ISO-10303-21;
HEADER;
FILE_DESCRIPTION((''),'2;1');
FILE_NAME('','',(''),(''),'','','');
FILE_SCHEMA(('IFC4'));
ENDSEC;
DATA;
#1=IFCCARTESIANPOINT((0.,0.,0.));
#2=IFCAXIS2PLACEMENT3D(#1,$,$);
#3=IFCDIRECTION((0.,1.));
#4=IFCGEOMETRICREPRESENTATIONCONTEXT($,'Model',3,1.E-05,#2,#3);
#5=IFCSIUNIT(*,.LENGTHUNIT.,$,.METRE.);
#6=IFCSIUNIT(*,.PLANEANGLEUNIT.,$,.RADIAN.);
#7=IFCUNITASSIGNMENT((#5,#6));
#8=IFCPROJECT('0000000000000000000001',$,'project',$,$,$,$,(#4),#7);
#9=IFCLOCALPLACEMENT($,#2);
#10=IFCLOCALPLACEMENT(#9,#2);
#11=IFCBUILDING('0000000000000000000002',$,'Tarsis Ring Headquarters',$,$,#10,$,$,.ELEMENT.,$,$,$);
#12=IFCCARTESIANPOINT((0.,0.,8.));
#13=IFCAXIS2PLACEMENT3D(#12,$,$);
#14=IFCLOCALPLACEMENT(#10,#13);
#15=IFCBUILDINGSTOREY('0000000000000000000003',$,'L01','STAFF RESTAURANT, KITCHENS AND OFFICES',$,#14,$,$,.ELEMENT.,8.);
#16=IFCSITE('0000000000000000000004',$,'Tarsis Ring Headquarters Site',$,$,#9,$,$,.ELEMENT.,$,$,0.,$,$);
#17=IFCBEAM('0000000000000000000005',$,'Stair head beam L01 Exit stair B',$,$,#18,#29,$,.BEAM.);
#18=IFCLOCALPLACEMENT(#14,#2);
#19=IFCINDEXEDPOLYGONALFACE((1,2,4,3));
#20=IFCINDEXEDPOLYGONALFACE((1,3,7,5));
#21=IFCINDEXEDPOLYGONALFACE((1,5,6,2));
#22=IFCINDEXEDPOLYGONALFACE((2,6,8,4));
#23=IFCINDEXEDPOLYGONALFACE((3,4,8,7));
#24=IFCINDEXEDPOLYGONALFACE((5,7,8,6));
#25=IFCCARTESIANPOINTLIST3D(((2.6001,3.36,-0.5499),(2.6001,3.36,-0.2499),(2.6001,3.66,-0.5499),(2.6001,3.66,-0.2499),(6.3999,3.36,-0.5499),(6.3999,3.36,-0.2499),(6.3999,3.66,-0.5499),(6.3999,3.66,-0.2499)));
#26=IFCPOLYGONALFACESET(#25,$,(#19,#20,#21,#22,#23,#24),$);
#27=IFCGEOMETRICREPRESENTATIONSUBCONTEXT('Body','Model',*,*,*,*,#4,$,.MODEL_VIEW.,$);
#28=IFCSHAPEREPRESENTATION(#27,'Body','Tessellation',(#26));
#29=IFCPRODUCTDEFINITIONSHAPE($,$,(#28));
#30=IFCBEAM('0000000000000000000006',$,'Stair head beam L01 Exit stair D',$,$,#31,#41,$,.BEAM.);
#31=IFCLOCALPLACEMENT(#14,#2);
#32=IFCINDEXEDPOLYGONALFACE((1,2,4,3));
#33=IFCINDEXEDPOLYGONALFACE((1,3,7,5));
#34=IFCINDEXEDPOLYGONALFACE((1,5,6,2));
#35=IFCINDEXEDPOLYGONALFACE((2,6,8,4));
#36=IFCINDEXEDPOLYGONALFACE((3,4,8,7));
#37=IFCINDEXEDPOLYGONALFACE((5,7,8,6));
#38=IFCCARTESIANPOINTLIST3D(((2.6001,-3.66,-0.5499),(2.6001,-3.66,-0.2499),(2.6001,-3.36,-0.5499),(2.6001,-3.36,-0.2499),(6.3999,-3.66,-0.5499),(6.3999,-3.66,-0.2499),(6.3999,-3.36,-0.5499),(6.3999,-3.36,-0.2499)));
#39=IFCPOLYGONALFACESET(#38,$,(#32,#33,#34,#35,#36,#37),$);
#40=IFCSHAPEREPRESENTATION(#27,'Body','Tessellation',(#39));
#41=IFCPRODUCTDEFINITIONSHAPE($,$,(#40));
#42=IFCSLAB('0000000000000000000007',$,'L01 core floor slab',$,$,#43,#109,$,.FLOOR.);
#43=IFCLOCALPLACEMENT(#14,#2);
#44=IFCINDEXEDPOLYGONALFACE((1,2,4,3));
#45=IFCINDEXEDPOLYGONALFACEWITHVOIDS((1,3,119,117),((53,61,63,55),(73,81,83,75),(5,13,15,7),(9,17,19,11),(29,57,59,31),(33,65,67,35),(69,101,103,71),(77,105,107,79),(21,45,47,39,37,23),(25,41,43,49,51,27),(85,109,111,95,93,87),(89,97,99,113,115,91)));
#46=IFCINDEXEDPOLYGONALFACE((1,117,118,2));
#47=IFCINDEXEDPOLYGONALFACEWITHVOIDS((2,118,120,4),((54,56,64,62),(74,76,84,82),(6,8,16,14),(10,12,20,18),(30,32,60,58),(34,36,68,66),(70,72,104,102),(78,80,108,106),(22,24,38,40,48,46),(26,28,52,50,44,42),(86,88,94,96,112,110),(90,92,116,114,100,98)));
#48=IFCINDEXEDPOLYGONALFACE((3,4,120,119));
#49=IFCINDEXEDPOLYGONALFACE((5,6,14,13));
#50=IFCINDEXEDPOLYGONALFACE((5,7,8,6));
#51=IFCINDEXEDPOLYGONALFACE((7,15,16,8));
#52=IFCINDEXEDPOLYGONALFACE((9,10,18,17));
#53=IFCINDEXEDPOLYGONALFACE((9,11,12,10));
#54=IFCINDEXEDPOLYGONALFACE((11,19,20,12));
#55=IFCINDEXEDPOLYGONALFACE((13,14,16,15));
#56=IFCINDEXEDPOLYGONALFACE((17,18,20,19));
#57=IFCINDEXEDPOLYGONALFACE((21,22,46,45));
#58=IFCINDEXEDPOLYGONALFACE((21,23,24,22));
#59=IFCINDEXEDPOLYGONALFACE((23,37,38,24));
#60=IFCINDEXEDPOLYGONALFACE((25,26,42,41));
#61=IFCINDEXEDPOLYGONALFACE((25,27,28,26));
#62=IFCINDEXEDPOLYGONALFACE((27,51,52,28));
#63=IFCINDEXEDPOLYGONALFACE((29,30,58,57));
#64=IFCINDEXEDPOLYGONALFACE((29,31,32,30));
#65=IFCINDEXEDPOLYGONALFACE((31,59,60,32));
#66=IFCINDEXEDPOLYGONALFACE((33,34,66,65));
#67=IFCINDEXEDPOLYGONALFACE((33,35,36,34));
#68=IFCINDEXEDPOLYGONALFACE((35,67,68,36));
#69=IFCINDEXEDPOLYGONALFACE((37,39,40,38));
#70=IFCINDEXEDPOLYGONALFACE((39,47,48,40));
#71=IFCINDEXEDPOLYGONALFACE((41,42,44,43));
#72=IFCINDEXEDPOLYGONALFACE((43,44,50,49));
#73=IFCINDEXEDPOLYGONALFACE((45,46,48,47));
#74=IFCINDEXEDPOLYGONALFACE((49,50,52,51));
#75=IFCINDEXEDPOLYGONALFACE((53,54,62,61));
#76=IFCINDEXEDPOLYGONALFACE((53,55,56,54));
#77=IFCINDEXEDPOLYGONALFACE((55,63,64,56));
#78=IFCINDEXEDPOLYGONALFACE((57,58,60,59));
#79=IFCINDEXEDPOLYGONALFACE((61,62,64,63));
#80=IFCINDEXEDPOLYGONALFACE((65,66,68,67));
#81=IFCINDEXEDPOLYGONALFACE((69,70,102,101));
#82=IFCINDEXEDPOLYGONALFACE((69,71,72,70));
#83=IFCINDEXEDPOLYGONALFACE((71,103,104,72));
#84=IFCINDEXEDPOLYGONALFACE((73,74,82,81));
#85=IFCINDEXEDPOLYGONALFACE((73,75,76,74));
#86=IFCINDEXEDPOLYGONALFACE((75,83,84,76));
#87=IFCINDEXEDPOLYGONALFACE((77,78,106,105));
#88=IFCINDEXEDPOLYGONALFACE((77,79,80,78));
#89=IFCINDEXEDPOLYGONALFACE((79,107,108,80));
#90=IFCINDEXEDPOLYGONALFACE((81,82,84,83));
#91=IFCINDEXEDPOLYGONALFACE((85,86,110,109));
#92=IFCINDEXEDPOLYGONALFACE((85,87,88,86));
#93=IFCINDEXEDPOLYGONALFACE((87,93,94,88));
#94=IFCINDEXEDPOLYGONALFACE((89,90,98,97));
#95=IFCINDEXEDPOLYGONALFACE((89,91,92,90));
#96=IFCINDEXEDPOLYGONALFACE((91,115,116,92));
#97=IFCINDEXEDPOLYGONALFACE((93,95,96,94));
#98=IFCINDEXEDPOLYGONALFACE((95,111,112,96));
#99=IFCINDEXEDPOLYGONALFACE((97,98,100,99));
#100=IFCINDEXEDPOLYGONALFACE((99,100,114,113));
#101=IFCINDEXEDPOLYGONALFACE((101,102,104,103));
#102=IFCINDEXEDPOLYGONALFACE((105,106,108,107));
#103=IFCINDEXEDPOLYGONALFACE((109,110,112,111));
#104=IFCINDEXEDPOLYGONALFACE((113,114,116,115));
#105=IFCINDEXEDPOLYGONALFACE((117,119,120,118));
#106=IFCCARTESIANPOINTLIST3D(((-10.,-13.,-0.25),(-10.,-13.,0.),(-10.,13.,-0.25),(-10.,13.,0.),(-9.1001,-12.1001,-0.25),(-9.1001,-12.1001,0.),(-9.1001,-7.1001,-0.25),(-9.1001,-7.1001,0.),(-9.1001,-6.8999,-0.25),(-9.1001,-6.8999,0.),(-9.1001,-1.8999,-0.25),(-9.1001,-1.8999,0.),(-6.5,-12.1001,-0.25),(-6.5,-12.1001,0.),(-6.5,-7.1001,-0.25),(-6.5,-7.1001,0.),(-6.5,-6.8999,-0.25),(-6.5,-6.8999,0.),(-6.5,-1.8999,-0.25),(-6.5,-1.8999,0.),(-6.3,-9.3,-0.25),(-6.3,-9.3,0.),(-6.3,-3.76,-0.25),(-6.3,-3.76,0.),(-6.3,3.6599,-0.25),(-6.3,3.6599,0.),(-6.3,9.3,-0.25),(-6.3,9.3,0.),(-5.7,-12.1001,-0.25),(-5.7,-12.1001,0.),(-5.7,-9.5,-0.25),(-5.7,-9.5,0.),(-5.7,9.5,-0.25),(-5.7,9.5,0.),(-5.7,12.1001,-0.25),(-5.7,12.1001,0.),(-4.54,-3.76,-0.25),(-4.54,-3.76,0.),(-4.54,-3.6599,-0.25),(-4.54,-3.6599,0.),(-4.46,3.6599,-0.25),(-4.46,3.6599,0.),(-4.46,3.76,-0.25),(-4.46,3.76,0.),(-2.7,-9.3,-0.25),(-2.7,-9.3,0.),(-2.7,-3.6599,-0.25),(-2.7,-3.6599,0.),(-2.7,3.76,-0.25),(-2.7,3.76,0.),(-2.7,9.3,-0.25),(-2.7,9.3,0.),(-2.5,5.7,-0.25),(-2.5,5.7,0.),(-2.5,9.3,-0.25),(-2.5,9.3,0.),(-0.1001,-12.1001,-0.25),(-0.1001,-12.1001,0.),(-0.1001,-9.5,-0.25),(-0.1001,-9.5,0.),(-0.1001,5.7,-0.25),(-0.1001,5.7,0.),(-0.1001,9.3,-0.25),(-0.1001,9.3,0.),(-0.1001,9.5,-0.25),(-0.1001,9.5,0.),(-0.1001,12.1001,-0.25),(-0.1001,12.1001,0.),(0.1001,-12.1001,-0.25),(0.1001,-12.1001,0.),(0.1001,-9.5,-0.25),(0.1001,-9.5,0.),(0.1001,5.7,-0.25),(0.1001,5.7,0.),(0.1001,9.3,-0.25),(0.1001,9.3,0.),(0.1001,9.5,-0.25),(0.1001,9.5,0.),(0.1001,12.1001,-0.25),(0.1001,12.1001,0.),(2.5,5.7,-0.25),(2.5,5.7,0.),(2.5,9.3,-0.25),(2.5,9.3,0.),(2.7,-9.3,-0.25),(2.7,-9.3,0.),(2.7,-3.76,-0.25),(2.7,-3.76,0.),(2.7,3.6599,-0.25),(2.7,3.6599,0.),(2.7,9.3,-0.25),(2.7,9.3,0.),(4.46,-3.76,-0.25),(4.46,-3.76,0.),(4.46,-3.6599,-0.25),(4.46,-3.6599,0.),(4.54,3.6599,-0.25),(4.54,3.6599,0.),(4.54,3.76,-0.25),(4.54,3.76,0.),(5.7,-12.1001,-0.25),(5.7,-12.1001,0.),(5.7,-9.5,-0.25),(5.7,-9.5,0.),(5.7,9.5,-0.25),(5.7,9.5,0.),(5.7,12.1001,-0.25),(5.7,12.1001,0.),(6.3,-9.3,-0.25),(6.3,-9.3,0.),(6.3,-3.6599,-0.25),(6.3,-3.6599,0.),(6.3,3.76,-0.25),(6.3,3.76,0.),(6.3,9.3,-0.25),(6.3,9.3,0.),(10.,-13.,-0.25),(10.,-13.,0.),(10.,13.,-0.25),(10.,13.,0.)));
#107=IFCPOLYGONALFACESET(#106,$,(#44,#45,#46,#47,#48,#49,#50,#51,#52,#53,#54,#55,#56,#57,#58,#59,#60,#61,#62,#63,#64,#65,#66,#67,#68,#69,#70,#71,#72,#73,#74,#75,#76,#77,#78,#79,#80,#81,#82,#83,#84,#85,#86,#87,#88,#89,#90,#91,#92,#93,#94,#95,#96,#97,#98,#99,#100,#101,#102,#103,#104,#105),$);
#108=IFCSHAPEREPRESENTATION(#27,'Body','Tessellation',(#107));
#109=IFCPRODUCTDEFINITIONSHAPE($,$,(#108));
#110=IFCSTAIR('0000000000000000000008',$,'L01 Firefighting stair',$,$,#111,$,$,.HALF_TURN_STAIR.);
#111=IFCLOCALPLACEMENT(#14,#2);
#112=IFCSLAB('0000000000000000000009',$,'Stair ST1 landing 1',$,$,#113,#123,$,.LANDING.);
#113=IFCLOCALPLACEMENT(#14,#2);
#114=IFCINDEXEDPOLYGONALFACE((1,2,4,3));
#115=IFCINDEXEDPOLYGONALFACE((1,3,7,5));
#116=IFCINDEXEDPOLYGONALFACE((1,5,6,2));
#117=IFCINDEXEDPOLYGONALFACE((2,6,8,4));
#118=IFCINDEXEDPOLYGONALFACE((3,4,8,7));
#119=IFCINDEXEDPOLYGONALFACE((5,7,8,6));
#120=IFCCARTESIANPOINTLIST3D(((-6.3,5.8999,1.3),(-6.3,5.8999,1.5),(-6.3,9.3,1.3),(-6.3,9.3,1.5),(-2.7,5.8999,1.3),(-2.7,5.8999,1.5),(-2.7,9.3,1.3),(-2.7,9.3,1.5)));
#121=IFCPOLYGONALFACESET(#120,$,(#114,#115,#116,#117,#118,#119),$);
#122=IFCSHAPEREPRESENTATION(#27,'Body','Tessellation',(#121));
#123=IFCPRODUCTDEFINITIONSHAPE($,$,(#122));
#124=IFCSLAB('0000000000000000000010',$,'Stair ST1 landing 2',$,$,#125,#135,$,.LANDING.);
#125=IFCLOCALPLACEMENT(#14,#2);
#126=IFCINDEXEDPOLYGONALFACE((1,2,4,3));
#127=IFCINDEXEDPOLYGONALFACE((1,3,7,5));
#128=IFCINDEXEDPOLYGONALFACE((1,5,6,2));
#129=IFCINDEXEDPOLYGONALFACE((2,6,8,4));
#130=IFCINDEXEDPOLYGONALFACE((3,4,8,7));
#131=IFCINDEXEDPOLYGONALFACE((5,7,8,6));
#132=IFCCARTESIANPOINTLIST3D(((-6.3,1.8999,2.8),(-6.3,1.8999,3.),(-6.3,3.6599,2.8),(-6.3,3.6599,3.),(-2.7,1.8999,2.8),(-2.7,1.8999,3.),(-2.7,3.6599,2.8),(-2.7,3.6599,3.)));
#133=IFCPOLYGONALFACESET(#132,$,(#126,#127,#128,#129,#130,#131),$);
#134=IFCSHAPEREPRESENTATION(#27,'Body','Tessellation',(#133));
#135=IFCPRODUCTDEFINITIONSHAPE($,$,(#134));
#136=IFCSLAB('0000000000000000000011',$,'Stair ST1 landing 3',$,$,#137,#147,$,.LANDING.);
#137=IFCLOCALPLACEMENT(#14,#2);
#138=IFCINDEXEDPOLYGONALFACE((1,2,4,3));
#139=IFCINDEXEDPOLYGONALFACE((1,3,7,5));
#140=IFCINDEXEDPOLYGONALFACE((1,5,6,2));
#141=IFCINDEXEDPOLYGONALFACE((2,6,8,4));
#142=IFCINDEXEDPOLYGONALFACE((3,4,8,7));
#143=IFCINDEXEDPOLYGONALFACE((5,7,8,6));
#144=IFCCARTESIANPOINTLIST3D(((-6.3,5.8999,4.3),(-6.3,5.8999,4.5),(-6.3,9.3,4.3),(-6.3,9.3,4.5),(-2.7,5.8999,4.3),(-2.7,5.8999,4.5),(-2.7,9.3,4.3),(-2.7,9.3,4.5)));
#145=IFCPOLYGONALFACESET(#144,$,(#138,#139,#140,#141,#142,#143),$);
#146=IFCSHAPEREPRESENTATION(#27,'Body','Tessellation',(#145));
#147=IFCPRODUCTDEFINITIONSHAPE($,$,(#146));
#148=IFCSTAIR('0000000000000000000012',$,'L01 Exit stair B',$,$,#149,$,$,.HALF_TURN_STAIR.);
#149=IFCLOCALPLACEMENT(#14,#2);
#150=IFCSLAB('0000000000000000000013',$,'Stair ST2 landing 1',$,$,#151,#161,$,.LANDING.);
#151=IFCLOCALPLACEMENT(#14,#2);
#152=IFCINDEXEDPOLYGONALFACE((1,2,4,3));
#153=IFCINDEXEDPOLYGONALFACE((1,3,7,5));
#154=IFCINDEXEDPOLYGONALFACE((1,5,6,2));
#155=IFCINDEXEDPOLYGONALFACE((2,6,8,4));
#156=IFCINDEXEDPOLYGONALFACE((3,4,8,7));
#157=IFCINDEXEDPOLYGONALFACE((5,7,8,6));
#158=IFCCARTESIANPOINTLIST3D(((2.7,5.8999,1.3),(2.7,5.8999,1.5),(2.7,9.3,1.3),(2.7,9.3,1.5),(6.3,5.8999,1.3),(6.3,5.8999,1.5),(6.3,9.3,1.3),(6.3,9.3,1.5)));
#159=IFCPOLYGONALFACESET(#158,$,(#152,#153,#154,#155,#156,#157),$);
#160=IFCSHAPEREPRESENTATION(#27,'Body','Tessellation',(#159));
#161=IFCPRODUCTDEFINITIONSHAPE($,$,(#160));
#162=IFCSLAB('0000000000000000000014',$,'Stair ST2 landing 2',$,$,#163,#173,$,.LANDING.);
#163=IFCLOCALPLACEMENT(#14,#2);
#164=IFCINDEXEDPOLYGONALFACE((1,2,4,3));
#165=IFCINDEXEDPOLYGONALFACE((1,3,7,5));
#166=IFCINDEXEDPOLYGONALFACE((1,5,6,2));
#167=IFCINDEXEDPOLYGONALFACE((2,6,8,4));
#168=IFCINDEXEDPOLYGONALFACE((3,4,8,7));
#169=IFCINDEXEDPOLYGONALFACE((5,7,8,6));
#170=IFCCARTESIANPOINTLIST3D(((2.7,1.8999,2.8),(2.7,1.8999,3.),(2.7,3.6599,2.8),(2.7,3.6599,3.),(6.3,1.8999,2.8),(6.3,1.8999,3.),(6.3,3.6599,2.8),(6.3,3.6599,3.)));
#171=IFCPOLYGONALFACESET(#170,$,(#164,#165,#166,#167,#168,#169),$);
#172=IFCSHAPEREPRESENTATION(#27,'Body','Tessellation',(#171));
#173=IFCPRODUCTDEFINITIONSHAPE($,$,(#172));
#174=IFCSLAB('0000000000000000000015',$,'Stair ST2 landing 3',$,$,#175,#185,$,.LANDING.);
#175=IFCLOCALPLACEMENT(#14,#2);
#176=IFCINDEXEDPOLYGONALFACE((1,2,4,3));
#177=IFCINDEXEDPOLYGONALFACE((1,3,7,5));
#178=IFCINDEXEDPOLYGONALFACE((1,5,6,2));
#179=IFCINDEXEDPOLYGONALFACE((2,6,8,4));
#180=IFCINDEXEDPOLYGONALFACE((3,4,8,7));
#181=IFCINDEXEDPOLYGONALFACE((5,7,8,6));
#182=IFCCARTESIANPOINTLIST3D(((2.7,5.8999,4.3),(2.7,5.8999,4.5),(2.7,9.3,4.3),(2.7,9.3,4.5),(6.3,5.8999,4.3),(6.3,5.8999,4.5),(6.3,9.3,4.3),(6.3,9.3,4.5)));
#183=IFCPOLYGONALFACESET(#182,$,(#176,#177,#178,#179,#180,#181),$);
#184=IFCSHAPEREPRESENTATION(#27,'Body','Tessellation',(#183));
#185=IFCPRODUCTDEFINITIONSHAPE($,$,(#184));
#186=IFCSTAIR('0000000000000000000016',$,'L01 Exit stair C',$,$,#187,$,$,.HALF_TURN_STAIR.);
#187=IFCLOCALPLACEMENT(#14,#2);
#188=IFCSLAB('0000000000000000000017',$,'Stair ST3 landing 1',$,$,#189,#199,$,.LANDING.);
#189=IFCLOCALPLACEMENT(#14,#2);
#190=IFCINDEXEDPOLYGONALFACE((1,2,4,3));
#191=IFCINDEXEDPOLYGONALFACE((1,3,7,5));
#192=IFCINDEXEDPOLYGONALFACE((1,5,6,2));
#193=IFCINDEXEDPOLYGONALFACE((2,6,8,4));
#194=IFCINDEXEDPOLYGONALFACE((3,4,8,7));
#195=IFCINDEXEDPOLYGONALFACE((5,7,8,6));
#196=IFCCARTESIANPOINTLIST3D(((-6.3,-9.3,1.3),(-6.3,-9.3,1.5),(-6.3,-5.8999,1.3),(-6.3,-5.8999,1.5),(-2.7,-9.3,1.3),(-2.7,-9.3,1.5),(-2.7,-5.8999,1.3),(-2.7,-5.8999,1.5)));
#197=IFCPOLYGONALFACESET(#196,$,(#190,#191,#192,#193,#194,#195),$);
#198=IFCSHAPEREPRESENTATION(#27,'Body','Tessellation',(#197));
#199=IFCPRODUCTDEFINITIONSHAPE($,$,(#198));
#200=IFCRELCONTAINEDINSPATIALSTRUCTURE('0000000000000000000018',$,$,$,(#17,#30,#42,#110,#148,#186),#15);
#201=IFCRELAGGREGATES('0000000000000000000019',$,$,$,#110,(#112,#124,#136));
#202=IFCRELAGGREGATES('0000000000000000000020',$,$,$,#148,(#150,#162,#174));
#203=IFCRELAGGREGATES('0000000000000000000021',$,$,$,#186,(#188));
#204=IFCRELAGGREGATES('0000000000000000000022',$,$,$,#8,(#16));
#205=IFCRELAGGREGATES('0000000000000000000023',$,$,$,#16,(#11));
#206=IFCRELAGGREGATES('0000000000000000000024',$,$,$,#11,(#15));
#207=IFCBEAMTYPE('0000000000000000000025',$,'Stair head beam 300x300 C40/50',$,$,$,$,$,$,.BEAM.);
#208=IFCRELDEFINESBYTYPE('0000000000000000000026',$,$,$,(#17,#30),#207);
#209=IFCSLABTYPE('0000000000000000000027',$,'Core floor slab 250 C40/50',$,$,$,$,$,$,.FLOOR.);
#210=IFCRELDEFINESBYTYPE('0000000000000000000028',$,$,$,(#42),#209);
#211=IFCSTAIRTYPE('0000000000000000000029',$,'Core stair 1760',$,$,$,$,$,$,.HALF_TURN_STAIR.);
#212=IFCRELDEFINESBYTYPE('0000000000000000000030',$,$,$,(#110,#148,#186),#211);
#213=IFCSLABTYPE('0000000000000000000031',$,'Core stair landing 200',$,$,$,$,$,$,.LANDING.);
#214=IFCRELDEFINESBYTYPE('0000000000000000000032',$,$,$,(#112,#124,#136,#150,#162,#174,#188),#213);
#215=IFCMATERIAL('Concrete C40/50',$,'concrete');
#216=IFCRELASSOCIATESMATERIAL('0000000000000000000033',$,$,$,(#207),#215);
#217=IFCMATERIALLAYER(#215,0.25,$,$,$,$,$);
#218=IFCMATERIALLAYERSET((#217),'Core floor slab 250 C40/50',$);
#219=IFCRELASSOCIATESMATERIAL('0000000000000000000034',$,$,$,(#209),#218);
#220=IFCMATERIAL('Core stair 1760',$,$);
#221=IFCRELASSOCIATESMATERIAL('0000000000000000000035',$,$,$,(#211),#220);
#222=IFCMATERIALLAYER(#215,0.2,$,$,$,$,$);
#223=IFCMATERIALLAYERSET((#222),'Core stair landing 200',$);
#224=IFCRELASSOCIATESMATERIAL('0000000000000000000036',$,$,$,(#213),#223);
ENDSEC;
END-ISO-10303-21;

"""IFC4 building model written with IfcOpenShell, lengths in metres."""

from ifc_helpers import new_model, si_unit, direction, frame, origin, origin_2d, place, context, subcontext, project, spatial, polyline, rectangle, outline, extrude, material, layer, layer_set, material_profile, profile_set, type_object, element, aggregate, save


model = new_model("IFC4")

# Units and contexts
model_context = context("Model", 3, precision=1e-05, world=origin(), true_north=direction((0.0, 1.0)))
body_context = subcontext(model_context, "Body", "Model", "MODEL_VIEW")
ifc_project = project(units=[si_unit("LENGTHUNIT", "METRE"), si_unit("PLANEANGLEUNIT", "RADIAN")], contexts=[model_context])

# Site, building, storey
site_placement = place(None, origin())
site = spatial("IfcSite", under=ifc_project, at=site_placement, Name="Tarsis Ring Headquarters Site", CompositionType="ELEMENT", RefElevation=0.0)
building_placement = place(site_placement, origin())
building = spatial("IfcBuilding", under=site, at=building_placement, Name="Tarsis Ring Headquarters", CompositionType="ELEMENT")
storey_placement = place(building_placement, frame((0.0, 0.0, 8.0)))
storey = spatial("IfcBuildingStorey", under=building, at=storey_placement, Name="L01", Description="STAFF RESTAURANT, KITCHENS AND OFFICES", CompositionType="ELEMENT", Elevation=8.0)

# Beams
ifc_material_1 = material(Name="Concrete C40/50", Category="concrete")
ifc_material_profile = material_profile(ifc_material_1, rectangle(XDim=0.3, YDim=0.3, at=origin_2d()), Name="Stair head beam 300x300 C40/50")
ifc_profile_set = profile_set([ifc_material_profile], Name="Concrete C40/50")
beam_type = type_object("IfcBeamType", Name="Stair head beam 300x300 C40/50", PredefinedType="BEAM", material=ifc_profile_set)
for number, where, z_axis, x_axis, name in (
    (1, (2.6001, 3.51, -0.3999), (1.0, 0.0, 0.0), (0.0, 1.0, 0.0), "Stair head beam L01 Exit stair B"),
    (2, (2.6001, -3.51, -0.3999), (1.0, 0.0, 0.0), (0.0, 1.0, 0.0), "Stair head beam L01 Exit stair D"),
):
    element("IfcBeam", number, at=place(storey_placement, frame(where, z_axis=z_axis, x_axis=x_axis)), inside=storey, type_object=beam_type, Name=name, PredefinedType="BEAM", context=body_context, shape_type="SweptSolid", body=[
        extrude(rectangle(XDim=0.3, YDim=0.3, at=origin_2d()), origin(), (0.0, 0.0, 1.0), 3.7998),
    ])

# Slab
ifc_layer_1 = layer(ifc_material_1, 0.25)
ifc_layer_set_1 = layer_set([ifc_layer_1], Name="Core floor slab 250 C40/50")
slab_type_1 = type_object("IfcSlabType", Name="Core floor slab 250 C40/50", PredefinedType="FLOOR", material=ifc_layer_set_1)
slab_1_placement = place(storey_placement, frame((0.0, 0.0, -0.25)))
element("IfcSlab", 3, at=slab_1_placement, inside=storey, type_object=slab_type_1, Name="L01 core floor slab", PredefinedType="FLOOR", context=body_context, shape_type="SweptSolid", body=[
    extrude(outline(polyline([(-10.0, -13.0), (10.0, -13.0), (10.0, 13.0), (-10.0, 13.0), (-10.0, -13.0)]), holes=[polyline([(-2.5, 5.7), (-0.1001, 5.7), (-0.1001, 9.3), (-2.5, 9.3), (-2.5, 5.7)]), polyline([(0.1001, 5.7), (2.5, 5.7), (2.5, 9.3), (0.1001, 9.3), (0.1001, 5.7)]), polyline([(-9.1001, -12.1001), (-6.5, -12.1001), (-6.5, -7.1001), (-9.1001, -7.1001), (-9.1001, -12.1001)]), polyline([(-9.1001, -6.8999), (-6.5, -6.8999), (-6.5, -1.8999), (-9.1001, -1.8999), (-9.1001, -6.8999)]), polyline([(-5.7, 9.5), (-0.1001, 9.5), (-0.1001, 12.1001), (-5.7, 12.1001), (-5.7, 9.5)]), polyline([(0.1001, 9.5), (5.7, 9.5), (5.7, 12.1001), (0.1001, 12.1001), (0.1001, 9.5)]), polyline([(-5.7, -12.1001), (-0.1001, -12.1001), (-0.1001, -9.5), (-5.7, -9.5), (-5.7, -12.1001)]), polyline([(0.1001, -12.1001), (5.7, -12.1001), (5.7, -9.5), (0.1001, -9.5), (0.1001, -12.1001)]), polyline([(-2.7, 3.76), (-2.7, 9.3), (-6.3, 9.3), (-6.3, 3.6599), (-4.46, 3.6599), (-4.46, 3.76), (-2.7, 3.76)]), polyline([(6.3, 3.76), (6.3, 9.3), (2.7, 9.3), (2.7, 3.6599), (4.54, 3.6599), (4.54, 3.76), (6.3, 3.76)]), polyline([(-6.3, -3.76), (-6.3, -9.3), (-2.7, -9.3), (-2.7, -3.6599), (-4.54, -3.6599), (-4.54, -3.76), (-6.3, -3.76)]), polyline([(2.7, -3.76), (2.7, -9.3), (6.3, -9.3), (6.3, -3.6599), (4.46, -3.6599), (4.46, -3.76), (2.7, -3.76)])]), origin(), (0.0, 0.0, 1.0), 0.25),
])

# Stairs, slabs
ifc_material_2 = material(Name="Core stair 1760")
stair_type_1 = type_object("IfcStairType", Name="Core stair 1760", PredefinedType="HALF_TURN_STAIR", material=ifc_material_2)
stair_1_placement = place(storey_placement, origin())
stair_1 = element("IfcStair", 4, at=stair_1_placement, inside=storey, type_object=stair_type_1, Name="L01 Firefighting stair", PredefinedType="HALF_TURN_STAIR")
ifc_layer_2 = layer(ifc_material_1, 0.2)
ifc_layer_set_2 = layer_set([ifc_layer_2], Name="Core stair landing 200")
slab_type_2 = type_object("IfcSlabType", Name="Core stair landing 200", PredefinedType="LANDING", material=ifc_layer_set_2)
slab_2_placement = place(storey_placement, frame((0.0, 0.0, 1.3)))
slab_2 = element("IfcSlab", 5, at=slab_2_placement, type_object=slab_type_2, Name="Stair ST1 landing 1", PredefinedType="LANDING", context=body_context, shape_type="SweptSolid", body=[
    extrude(outline(polyline([(-2.7, 5.8999), (-2.7, 9.3), (-6.3, 9.3), (-6.3, 5.8999), (-2.7, 5.8999)])), origin(), (0.0, 0.0, 1.0), 0.2),
])
slab_3_placement = place(storey_placement, frame((0.0, 0.0, 2.8)))
slab_3 = element("IfcSlab", 6, at=slab_3_placement, type_object=slab_type_2, Name="Stair ST1 landing 2", PredefinedType="LANDING", context=body_context, shape_type="SweptSolid", body=[
    extrude(outline(polyline([(-2.7, 1.8999), (-2.7, 3.6599), (-6.3, 3.6599), (-6.3, 1.8999), (-2.7, 1.8999)])), origin(), (0.0, 0.0, 1.0), 0.2),
])
slab_4_placement = place(storey_placement, frame((0.0, 0.0, 4.3)))
slab_4 = element("IfcSlab", 7, at=slab_4_placement, type_object=slab_type_2, Name="Stair ST1 landing 3", PredefinedType="LANDING", context=body_context, shape_type="SweptSolid", body=[
    extrude(outline(polyline([(-2.7, 5.8999), (-2.7, 9.3), (-6.3, 9.3), (-6.3, 5.8999), (-2.7, 5.8999)])), origin(), (0.0, 0.0, 1.0), 0.2),
])
aggregate(stair_1, [slab_2, slab_3, slab_4])
stair_2_placement = place(storey_placement, origin())
stair_2 = element("IfcStair", 8, at=stair_2_placement, inside=storey, type_object=stair_type_1, Name="L01 Exit stair B", PredefinedType="HALF_TURN_STAIR")
slab_5_placement = place(storey_placement, frame((0.0, 0.0, 1.3)))
slab_5 = element("IfcSlab", 9, at=slab_5_placement, type_object=slab_type_2, Name="Stair ST2 landing 1", PredefinedType="LANDING", context=body_context, shape_type="SweptSolid", body=[
    extrude(outline(polyline([(6.3, 5.8999), (6.3, 9.3), (2.7, 9.3), (2.7, 5.8999), (6.3, 5.8999)])), origin(), (0.0, 0.0, 1.0), 0.2),
])
slab_6_placement = place(storey_placement, frame((0.0, 0.0, 2.8)))
slab_6 = element("IfcSlab", 10, at=slab_6_placement, type_object=slab_type_2, Name="Stair ST2 landing 2", PredefinedType="LANDING", context=body_context, shape_type="SweptSolid", body=[
    extrude(outline(polyline([(6.3, 1.8999), (6.3, 3.6599), (2.7, 3.6599), (2.7, 1.8999), (6.3, 1.8999)])), origin(), (0.0, 0.0, 1.0), 0.2),
])
slab_7_placement = place(storey_placement, frame((0.0, 0.0, 4.3)))
slab_7 = element("IfcSlab", 11, at=slab_7_placement, type_object=slab_type_2, Name="Stair ST2 landing 3", PredefinedType="LANDING", context=body_context, shape_type="SweptSolid", body=[
    extrude(outline(polyline([(6.3, 5.8999), (6.3, 9.3), (2.7, 9.3), (2.7, 5.8999), (6.3, 5.8999)])), origin(), (0.0, 0.0, 1.0), 0.2),
])
aggregate(stair_2, [slab_5, slab_6, slab_7])
stair_3_placement = place(storey_placement, origin())
stair_3 = element("IfcStair", 12, at=stair_3_placement, inside=storey, type_object=stair_type_1, Name="L01 Exit stair C", PredefinedType="HALF_TURN_STAIR")
slab_8_placement = place(storey_placement, frame((0.0, 0.0, 1.3)))
slab_8 = element("IfcSlab", 13, at=slab_8_placement, type_object=slab_type_2, Name="Stair ST3 landing 1", PredefinedType="LANDING", context=body_context, shape_type="SweptSolid", body=[
    extrude(outline(polyline([(-6.3, -5.8999), (-6.3, -9.3), (-2.7, -9.3), (-2.7, -5.8999), (-6.3, -5.8999)])), origin(), (0.0, 0.0, 1.0), 0.2),
])
aggregate(stair_3, [slab_8])

save(model, "model.ifc")
